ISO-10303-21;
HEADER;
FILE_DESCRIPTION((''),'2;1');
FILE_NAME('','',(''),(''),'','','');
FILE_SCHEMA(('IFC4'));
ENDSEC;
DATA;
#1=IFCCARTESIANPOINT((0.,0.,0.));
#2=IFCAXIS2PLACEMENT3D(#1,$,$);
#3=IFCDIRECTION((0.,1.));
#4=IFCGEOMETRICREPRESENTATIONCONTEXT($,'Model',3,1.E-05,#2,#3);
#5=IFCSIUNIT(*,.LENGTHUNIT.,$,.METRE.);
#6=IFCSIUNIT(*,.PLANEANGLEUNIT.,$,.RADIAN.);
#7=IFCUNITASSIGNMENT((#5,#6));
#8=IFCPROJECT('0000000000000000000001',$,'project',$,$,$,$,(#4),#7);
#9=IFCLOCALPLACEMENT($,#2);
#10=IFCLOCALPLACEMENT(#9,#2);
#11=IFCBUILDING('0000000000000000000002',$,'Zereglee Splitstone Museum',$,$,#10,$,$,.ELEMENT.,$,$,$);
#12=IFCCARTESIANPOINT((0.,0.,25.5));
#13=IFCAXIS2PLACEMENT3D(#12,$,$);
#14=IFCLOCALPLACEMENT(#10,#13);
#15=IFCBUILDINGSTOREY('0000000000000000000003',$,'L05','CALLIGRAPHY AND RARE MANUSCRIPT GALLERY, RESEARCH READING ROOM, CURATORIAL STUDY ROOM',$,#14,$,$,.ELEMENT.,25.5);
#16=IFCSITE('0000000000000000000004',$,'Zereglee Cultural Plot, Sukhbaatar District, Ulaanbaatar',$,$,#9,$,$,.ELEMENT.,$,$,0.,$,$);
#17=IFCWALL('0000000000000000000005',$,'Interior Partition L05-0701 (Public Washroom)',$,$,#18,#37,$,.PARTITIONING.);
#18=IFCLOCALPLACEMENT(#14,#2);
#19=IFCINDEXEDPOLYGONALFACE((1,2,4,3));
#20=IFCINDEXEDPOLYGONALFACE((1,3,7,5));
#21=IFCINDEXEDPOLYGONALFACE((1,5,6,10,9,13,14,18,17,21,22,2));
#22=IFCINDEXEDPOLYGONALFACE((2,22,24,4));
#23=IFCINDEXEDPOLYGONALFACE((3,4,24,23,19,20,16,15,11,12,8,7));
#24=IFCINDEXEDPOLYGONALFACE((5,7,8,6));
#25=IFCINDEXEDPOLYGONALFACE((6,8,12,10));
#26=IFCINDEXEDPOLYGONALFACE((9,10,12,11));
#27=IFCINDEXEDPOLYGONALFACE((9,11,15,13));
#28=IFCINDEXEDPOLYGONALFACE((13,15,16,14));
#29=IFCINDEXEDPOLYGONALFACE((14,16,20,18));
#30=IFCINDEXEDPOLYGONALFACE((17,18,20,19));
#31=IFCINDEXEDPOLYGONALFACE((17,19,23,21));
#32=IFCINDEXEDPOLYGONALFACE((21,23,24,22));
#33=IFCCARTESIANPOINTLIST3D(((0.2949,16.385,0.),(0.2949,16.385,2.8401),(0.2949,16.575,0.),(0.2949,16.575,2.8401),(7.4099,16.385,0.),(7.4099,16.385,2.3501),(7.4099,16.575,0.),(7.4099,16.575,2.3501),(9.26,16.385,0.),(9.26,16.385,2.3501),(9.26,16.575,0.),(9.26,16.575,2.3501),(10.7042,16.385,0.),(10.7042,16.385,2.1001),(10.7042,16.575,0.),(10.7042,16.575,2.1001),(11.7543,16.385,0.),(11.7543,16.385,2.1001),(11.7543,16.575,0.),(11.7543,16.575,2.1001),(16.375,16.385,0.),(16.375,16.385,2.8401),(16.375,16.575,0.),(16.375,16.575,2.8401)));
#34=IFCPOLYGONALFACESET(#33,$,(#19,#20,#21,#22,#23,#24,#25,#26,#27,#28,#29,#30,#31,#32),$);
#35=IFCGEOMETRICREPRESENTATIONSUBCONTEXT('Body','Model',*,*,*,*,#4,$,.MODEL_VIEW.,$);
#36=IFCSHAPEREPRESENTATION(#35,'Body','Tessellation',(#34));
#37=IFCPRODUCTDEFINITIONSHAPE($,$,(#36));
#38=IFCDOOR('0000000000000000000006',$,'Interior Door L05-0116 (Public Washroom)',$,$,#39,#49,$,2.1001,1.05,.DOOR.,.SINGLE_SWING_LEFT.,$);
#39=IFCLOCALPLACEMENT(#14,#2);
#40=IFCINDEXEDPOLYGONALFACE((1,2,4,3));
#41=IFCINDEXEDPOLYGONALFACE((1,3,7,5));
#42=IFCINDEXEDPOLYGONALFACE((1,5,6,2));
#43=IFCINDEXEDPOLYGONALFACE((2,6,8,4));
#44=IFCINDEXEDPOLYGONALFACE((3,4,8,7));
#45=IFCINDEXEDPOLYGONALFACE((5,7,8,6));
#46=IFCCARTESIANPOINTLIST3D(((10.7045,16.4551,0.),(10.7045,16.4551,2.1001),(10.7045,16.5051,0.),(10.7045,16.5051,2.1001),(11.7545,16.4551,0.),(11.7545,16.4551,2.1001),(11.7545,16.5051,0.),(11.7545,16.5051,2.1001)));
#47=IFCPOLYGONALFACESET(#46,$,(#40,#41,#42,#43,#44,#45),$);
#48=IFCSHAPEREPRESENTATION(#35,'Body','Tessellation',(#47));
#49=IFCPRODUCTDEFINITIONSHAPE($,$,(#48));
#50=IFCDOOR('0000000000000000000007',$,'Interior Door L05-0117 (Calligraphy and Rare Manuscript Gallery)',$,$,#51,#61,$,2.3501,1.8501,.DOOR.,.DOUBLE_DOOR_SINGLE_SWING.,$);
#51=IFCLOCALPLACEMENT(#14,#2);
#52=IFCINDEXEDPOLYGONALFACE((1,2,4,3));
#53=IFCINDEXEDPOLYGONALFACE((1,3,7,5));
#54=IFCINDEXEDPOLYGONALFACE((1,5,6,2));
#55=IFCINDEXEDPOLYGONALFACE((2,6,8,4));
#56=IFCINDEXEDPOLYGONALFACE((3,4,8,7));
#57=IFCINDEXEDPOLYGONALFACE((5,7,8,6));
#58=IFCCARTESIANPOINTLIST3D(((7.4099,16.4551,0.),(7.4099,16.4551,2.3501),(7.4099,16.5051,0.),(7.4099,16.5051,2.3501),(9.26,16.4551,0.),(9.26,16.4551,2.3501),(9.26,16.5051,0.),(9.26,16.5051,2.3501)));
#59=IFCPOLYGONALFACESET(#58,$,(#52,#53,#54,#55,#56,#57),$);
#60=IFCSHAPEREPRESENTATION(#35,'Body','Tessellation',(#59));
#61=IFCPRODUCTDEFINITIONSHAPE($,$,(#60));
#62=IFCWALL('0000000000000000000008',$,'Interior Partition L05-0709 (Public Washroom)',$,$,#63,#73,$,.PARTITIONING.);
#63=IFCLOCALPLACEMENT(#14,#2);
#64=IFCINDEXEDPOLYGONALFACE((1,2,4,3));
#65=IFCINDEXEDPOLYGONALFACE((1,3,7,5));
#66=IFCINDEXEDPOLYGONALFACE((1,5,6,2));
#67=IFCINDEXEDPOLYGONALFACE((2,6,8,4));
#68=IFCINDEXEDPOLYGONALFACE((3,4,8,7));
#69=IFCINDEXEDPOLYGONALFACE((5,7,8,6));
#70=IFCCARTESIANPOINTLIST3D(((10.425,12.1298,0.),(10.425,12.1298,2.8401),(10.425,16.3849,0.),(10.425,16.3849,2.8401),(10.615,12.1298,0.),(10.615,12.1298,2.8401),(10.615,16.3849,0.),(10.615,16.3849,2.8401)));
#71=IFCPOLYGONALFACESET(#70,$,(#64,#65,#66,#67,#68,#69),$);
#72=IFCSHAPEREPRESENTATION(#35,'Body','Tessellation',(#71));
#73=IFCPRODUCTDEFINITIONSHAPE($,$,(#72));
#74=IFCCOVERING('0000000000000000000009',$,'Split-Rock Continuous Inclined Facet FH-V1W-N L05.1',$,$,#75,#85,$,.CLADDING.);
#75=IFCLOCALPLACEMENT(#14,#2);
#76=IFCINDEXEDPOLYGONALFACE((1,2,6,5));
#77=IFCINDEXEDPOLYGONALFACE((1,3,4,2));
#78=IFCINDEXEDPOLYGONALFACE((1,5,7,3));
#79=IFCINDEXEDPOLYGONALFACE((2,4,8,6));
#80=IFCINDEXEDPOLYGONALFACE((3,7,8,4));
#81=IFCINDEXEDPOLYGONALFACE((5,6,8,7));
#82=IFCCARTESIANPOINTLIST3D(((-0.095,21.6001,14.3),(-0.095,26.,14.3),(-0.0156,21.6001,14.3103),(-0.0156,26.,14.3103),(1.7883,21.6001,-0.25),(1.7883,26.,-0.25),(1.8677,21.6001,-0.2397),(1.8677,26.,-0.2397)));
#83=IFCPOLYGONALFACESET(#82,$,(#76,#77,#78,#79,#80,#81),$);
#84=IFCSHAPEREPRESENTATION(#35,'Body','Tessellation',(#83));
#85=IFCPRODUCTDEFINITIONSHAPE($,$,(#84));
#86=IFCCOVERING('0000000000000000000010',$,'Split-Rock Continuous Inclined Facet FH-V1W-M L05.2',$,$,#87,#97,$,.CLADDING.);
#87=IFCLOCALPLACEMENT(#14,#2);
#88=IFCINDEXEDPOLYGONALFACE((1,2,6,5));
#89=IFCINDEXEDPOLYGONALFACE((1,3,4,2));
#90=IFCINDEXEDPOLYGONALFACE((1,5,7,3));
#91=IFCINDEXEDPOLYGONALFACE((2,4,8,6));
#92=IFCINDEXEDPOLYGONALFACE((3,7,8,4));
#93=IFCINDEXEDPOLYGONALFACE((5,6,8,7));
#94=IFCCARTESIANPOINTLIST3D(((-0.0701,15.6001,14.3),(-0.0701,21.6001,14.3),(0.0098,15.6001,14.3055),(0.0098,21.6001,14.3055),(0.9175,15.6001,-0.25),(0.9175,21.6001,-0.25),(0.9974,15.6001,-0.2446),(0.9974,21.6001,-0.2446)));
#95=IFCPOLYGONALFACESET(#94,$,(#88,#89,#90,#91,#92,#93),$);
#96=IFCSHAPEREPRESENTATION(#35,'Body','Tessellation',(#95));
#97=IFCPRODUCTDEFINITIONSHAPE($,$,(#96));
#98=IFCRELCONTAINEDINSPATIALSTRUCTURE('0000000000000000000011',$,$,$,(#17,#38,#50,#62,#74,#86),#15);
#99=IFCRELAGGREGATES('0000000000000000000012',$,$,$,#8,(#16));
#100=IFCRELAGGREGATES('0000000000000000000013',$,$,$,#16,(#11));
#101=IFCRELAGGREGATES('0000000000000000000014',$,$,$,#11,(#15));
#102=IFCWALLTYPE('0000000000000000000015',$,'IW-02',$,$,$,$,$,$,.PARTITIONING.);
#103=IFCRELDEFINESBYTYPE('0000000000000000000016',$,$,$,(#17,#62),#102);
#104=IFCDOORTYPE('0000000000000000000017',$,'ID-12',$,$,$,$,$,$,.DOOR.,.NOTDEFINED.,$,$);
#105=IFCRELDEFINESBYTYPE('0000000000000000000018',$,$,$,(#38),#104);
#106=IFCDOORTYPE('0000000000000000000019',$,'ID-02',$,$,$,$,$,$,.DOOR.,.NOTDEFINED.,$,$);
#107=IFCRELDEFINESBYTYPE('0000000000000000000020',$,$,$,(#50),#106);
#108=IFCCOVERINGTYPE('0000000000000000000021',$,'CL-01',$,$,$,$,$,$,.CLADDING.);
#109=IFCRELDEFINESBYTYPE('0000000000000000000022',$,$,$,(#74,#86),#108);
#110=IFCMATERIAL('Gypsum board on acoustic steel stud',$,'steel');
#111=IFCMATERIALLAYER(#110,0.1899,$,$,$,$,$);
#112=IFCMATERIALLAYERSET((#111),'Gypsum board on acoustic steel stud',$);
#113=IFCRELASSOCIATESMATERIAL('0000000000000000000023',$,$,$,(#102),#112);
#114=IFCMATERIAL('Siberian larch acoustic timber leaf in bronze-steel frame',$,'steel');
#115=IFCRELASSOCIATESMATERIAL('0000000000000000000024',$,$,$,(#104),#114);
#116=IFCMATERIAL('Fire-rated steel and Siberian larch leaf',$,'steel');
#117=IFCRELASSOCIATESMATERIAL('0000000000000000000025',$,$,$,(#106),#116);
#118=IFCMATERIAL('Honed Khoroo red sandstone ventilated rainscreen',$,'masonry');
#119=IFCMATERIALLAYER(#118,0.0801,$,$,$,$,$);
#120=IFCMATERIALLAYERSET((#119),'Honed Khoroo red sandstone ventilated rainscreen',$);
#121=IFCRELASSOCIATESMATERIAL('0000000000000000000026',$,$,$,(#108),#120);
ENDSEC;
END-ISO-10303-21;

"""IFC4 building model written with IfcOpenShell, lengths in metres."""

from ifc_helpers import new_model, si_unit, direction, frame, frame_2d, origin, place, context, subcontext, project, spatial, polyline, rectangle, outline, extrude, material, layer, layer_set, type_object, element, fill, save


model = new_model("IFC4")

# Units and contexts
model_context = context("Model", 3, precision=1e-05, world=origin(), true_north=direction((0.0, 1.0)))
body_context = subcontext(model_context, "Body", "Model", "MODEL_VIEW")
ifc_project = project(units=[si_unit("LENGTHUNIT", "METRE"), si_unit("PLANEANGLEUNIT", "RADIAN")], contexts=[model_context])

# Site, building, storey
site_placement = place(None, origin())
site = spatial("IfcSite", under=ifc_project, at=site_placement, Name="Zereglee Cultural Plot, Sukhbaatar District, Ulaanbaatar", CompositionType="ELEMENT", RefElevation=0.0)
building_placement = place(site_placement, origin())
building = spatial("IfcBuilding", under=site, at=building_placement, Name="Zereglee Splitstone Museum", CompositionType="ELEMENT")
storey_placement = place(building_placement, frame((0.0, 0.0, 25.5)))
storey = spatial("IfcBuildingStorey", under=building, at=storey_placement, Name="L05", Description="CALLIGRAPHY AND RARE MANUSCRIPT GALLERY, RESEARCH READING ROOM, CURATORIAL STUDY ROOM", CompositionType="ELEMENT", Elevation=25.5)

# Shared definitions
ifc_material_1 = material(Name="Fire-rated steel and Siberian larch leaf", Category="steel")
ifc_material_2 = material(Name="Siberian larch acoustic timber leaf in bronze-steel frame", Category="steel")

# Shared definitions
ifc_material_3 = material(Name="Gypsum board on acoustic steel stud", Category="steel")
ifc_layer_1 = layer(ifc_material_3, 0.1899)
ifc_layer_set_1 = layer_set([ifc_layer_1], Name="Gypsum board on acoustic steel stud")
wall_type_1 = type_object("IfcWallType", Name="IW-02", PredefinedType="PARTITIONING", material=ifc_layer_set_1)

# Wall, openings, doors
wall_1_placement = place(storey_placement, frame((0.2949, 16.48, 0.0), z_axis=(0.0, 0.0, 1.0), x_axis=(1.0, 0.0, 0.0)))
wall_1 = element("IfcWall", 1, at=wall_1_placement, inside=storey, type_object=wall_type_1, Name="Interior Partition L05-0701 (Public Washroom)", PredefinedType="PARTITIONING", context=body_context, shape_type="SweptSolid", body=[
    extrude(rectangle(XDim=16.0801, YDim=0.1899, at=frame_2d((8.04, 0.0))), origin(), (0.0, 0.0, 1.0), 2.8401),
])
opening_1_placement = place(wall_1_placement, frame((10.4094, 0.0, 0.0)))
opening_1 = element("IfcOpeningElement", 2, at=opening_1_placement, cuts=wall_1, PredefinedType="OPENING", context=body_context, shape_type="SweptSolid", body=[
    extrude(rectangle(XDim=1.05, YDim=2.1001, at=frame_2d((0.5249, 1.05))), frame((0.0, 0.1099, 0.0), z_axis=(0.0, -1.0, 0.0), x_axis=(1.0, 0.0, 0.0)), (0.0, 0.0, 1.0), 0.2197),
])
opening_2_placement = place(wall_1_placement, frame((7.115, 0.0, 0.0)))
opening_2 = element("IfcOpeningElement", 3, at=opening_2_placement, cuts=wall_1, PredefinedType="OPENING", context=body_context, shape_type="SweptSolid", body=[
    extrude(rectangle(XDim=1.8501, YDim=2.3501, at=frame_2d((0.925, 1.175))), frame((0.0, 0.1099, 0.0), z_axis=(0.0, -1.0, 0.0), x_axis=(1.0, 0.0, 0.0)), (0.0, 0.0, 1.0), 0.2197),
])
door_type_1 = type_object("IfcDoorType", Name="ID-12", OperationType="NOTDEFINED", PredefinedType="DOOR", material=ifc_material_2)
door_1_placement = place(opening_1_placement, frame((1.05, 0.0, 0.0), z_axis=(0.0, 0.0, 1.0), x_axis=(-1.0, 0.0, 0.0)))
door_1 = element("IfcDoor", 4, at=door_1_placement, inside=storey, type_object=door_type_1, Name="Interior Door L05-0116 (Public Washroom)", OperationType="SINGLE_SWING_LEFT", OverallHeight=2.1001, OverallWidth=1.05, PredefinedType="DOOR", context=body_context, shape_type="SweptSolid", body=[
    extrude(rectangle(XDim=1.05, YDim=2.1001, at=frame_2d((0.5249, 1.05))), frame((0.0, 0.0249, 0.0), z_axis=(0.0, -1.0, 0.0), x_axis=(1.0, 0.0, 0.0)), (0.0, 0.0, 1.0), 0.05),
])
fill(opening_1, door_1)
door_type_2 = type_object("IfcDoorType", Name="ID-02", OperationType="NOTDEFINED", PredefinedType="DOOR", material=ifc_material_1)
door_2_placement = place(opening_2_placement, frame((1.8501, 0.0, 0.0), z_axis=(0.0, 0.0, 1.0), x_axis=(-1.0, 0.0, 0.0)))
door_2 = element("IfcDoor", 5, at=door_2_placement, inside=storey, type_object=door_type_2, Name="Interior Door L05-0117 (Calligraphy and Rare Manuscript Gallery)", OperationType="DOUBLE_DOOR_SINGLE_SWING", OverallHeight=2.3501, OverallWidth=1.8501, PredefinedType="DOOR", context=body_context, shape_type="SweptSolid", body=[
    extrude(rectangle(XDim=1.8501, YDim=2.3501, at=frame_2d((0.925, 1.175))), frame((0.0, 0.0249, 0.0), z_axis=(0.0, -1.0, 0.0), x_axis=(1.0, 0.0, 0.0)), (0.0, 0.0, 1.0), 0.05),
])
fill(opening_2, door_2)

# Wall
wall_2_placement = place(storey_placement, frame((10.52, 12.1299, 0.0), z_axis=(0.0, 0.0, 1.0), x_axis=(0.0, 1.0, 0.0)))
element("IfcWall", 6, at=wall_2_placement, inside=storey, type_object=wall_type_1, Name="Interior Partition L05-0709 (Public Washroom)", PredefinedType="PARTITIONING", context=body_context, shape_type="SweptSolid", body=[
    extrude(rectangle(XDim=4.2551, YDim=0.1899, at=frame_2d((2.1274, 0.0))), origin(), (0.0, 0.0, 1.0), 2.8401),
])

# Coverings
ifc_material_4 = material(Name="Honed Khoroo red sandstone ventilated rainscreen", Category="masonry")
ifc_layer_2 = layer(ifc_material_4, 0.0801)
ifc_layer_set_2 = layer_set([ifc_layer_2], Name="Honed Khoroo red sandstone ventilated rainscreen")
covering_type = type_object("IfcCoveringType", Name="CL-01", PredefinedType="CLADDING", material=ifc_layer_set_2)
covering_1_placement = place(storey_placement, frame((-0.095, 21.6001, 14.3), z_axis=(-0.991727, 0.0, -0.128365), x_axis=(0.0, 1.0, 0.0)))
element("IfcCovering", 7, at=covering_1_placement, inside=storey, type_object=covering_type, Name="Split-Rock Continuous Inclined Facet FH-V1W-N L05.1", PredefinedType="CLADDING", context=body_context, shape_type="SweptSolid", body=[
    extrude(outline(polyline([(0.0, 0.0), (4.3999, 0.0), (4.3999, 14.6714), (0.0, 14.6714), (0.0, 0.0)])), origin(), (0.0, 0.0, -1.0), 0.0801),
])
covering_2_placement = place(storey_placement, frame((-0.0701, 15.6001, 14.3), z_axis=(-0.997705, 0.0, -0.067717), x_axis=(0.0, 1.0, 0.0)))
element("IfcCovering", 8, at=covering_2_placement, inside=storey, type_object=covering_type, Name="Split-Rock Continuous Inclined Facet FH-V1W-M L05.2", PredefinedType="CLADDING", context=body_context, shape_type="SweptSolid", body=[
    extrude(outline(polyline([(0.0, 0.0), (6.0, 0.0), (6.0, 14.5835), (0.0, 14.5835), (0.0, 0.0)])), origin(), (0.0, 0.0, -1.0), 0.0801),
])

save(model, "model.ifc")
